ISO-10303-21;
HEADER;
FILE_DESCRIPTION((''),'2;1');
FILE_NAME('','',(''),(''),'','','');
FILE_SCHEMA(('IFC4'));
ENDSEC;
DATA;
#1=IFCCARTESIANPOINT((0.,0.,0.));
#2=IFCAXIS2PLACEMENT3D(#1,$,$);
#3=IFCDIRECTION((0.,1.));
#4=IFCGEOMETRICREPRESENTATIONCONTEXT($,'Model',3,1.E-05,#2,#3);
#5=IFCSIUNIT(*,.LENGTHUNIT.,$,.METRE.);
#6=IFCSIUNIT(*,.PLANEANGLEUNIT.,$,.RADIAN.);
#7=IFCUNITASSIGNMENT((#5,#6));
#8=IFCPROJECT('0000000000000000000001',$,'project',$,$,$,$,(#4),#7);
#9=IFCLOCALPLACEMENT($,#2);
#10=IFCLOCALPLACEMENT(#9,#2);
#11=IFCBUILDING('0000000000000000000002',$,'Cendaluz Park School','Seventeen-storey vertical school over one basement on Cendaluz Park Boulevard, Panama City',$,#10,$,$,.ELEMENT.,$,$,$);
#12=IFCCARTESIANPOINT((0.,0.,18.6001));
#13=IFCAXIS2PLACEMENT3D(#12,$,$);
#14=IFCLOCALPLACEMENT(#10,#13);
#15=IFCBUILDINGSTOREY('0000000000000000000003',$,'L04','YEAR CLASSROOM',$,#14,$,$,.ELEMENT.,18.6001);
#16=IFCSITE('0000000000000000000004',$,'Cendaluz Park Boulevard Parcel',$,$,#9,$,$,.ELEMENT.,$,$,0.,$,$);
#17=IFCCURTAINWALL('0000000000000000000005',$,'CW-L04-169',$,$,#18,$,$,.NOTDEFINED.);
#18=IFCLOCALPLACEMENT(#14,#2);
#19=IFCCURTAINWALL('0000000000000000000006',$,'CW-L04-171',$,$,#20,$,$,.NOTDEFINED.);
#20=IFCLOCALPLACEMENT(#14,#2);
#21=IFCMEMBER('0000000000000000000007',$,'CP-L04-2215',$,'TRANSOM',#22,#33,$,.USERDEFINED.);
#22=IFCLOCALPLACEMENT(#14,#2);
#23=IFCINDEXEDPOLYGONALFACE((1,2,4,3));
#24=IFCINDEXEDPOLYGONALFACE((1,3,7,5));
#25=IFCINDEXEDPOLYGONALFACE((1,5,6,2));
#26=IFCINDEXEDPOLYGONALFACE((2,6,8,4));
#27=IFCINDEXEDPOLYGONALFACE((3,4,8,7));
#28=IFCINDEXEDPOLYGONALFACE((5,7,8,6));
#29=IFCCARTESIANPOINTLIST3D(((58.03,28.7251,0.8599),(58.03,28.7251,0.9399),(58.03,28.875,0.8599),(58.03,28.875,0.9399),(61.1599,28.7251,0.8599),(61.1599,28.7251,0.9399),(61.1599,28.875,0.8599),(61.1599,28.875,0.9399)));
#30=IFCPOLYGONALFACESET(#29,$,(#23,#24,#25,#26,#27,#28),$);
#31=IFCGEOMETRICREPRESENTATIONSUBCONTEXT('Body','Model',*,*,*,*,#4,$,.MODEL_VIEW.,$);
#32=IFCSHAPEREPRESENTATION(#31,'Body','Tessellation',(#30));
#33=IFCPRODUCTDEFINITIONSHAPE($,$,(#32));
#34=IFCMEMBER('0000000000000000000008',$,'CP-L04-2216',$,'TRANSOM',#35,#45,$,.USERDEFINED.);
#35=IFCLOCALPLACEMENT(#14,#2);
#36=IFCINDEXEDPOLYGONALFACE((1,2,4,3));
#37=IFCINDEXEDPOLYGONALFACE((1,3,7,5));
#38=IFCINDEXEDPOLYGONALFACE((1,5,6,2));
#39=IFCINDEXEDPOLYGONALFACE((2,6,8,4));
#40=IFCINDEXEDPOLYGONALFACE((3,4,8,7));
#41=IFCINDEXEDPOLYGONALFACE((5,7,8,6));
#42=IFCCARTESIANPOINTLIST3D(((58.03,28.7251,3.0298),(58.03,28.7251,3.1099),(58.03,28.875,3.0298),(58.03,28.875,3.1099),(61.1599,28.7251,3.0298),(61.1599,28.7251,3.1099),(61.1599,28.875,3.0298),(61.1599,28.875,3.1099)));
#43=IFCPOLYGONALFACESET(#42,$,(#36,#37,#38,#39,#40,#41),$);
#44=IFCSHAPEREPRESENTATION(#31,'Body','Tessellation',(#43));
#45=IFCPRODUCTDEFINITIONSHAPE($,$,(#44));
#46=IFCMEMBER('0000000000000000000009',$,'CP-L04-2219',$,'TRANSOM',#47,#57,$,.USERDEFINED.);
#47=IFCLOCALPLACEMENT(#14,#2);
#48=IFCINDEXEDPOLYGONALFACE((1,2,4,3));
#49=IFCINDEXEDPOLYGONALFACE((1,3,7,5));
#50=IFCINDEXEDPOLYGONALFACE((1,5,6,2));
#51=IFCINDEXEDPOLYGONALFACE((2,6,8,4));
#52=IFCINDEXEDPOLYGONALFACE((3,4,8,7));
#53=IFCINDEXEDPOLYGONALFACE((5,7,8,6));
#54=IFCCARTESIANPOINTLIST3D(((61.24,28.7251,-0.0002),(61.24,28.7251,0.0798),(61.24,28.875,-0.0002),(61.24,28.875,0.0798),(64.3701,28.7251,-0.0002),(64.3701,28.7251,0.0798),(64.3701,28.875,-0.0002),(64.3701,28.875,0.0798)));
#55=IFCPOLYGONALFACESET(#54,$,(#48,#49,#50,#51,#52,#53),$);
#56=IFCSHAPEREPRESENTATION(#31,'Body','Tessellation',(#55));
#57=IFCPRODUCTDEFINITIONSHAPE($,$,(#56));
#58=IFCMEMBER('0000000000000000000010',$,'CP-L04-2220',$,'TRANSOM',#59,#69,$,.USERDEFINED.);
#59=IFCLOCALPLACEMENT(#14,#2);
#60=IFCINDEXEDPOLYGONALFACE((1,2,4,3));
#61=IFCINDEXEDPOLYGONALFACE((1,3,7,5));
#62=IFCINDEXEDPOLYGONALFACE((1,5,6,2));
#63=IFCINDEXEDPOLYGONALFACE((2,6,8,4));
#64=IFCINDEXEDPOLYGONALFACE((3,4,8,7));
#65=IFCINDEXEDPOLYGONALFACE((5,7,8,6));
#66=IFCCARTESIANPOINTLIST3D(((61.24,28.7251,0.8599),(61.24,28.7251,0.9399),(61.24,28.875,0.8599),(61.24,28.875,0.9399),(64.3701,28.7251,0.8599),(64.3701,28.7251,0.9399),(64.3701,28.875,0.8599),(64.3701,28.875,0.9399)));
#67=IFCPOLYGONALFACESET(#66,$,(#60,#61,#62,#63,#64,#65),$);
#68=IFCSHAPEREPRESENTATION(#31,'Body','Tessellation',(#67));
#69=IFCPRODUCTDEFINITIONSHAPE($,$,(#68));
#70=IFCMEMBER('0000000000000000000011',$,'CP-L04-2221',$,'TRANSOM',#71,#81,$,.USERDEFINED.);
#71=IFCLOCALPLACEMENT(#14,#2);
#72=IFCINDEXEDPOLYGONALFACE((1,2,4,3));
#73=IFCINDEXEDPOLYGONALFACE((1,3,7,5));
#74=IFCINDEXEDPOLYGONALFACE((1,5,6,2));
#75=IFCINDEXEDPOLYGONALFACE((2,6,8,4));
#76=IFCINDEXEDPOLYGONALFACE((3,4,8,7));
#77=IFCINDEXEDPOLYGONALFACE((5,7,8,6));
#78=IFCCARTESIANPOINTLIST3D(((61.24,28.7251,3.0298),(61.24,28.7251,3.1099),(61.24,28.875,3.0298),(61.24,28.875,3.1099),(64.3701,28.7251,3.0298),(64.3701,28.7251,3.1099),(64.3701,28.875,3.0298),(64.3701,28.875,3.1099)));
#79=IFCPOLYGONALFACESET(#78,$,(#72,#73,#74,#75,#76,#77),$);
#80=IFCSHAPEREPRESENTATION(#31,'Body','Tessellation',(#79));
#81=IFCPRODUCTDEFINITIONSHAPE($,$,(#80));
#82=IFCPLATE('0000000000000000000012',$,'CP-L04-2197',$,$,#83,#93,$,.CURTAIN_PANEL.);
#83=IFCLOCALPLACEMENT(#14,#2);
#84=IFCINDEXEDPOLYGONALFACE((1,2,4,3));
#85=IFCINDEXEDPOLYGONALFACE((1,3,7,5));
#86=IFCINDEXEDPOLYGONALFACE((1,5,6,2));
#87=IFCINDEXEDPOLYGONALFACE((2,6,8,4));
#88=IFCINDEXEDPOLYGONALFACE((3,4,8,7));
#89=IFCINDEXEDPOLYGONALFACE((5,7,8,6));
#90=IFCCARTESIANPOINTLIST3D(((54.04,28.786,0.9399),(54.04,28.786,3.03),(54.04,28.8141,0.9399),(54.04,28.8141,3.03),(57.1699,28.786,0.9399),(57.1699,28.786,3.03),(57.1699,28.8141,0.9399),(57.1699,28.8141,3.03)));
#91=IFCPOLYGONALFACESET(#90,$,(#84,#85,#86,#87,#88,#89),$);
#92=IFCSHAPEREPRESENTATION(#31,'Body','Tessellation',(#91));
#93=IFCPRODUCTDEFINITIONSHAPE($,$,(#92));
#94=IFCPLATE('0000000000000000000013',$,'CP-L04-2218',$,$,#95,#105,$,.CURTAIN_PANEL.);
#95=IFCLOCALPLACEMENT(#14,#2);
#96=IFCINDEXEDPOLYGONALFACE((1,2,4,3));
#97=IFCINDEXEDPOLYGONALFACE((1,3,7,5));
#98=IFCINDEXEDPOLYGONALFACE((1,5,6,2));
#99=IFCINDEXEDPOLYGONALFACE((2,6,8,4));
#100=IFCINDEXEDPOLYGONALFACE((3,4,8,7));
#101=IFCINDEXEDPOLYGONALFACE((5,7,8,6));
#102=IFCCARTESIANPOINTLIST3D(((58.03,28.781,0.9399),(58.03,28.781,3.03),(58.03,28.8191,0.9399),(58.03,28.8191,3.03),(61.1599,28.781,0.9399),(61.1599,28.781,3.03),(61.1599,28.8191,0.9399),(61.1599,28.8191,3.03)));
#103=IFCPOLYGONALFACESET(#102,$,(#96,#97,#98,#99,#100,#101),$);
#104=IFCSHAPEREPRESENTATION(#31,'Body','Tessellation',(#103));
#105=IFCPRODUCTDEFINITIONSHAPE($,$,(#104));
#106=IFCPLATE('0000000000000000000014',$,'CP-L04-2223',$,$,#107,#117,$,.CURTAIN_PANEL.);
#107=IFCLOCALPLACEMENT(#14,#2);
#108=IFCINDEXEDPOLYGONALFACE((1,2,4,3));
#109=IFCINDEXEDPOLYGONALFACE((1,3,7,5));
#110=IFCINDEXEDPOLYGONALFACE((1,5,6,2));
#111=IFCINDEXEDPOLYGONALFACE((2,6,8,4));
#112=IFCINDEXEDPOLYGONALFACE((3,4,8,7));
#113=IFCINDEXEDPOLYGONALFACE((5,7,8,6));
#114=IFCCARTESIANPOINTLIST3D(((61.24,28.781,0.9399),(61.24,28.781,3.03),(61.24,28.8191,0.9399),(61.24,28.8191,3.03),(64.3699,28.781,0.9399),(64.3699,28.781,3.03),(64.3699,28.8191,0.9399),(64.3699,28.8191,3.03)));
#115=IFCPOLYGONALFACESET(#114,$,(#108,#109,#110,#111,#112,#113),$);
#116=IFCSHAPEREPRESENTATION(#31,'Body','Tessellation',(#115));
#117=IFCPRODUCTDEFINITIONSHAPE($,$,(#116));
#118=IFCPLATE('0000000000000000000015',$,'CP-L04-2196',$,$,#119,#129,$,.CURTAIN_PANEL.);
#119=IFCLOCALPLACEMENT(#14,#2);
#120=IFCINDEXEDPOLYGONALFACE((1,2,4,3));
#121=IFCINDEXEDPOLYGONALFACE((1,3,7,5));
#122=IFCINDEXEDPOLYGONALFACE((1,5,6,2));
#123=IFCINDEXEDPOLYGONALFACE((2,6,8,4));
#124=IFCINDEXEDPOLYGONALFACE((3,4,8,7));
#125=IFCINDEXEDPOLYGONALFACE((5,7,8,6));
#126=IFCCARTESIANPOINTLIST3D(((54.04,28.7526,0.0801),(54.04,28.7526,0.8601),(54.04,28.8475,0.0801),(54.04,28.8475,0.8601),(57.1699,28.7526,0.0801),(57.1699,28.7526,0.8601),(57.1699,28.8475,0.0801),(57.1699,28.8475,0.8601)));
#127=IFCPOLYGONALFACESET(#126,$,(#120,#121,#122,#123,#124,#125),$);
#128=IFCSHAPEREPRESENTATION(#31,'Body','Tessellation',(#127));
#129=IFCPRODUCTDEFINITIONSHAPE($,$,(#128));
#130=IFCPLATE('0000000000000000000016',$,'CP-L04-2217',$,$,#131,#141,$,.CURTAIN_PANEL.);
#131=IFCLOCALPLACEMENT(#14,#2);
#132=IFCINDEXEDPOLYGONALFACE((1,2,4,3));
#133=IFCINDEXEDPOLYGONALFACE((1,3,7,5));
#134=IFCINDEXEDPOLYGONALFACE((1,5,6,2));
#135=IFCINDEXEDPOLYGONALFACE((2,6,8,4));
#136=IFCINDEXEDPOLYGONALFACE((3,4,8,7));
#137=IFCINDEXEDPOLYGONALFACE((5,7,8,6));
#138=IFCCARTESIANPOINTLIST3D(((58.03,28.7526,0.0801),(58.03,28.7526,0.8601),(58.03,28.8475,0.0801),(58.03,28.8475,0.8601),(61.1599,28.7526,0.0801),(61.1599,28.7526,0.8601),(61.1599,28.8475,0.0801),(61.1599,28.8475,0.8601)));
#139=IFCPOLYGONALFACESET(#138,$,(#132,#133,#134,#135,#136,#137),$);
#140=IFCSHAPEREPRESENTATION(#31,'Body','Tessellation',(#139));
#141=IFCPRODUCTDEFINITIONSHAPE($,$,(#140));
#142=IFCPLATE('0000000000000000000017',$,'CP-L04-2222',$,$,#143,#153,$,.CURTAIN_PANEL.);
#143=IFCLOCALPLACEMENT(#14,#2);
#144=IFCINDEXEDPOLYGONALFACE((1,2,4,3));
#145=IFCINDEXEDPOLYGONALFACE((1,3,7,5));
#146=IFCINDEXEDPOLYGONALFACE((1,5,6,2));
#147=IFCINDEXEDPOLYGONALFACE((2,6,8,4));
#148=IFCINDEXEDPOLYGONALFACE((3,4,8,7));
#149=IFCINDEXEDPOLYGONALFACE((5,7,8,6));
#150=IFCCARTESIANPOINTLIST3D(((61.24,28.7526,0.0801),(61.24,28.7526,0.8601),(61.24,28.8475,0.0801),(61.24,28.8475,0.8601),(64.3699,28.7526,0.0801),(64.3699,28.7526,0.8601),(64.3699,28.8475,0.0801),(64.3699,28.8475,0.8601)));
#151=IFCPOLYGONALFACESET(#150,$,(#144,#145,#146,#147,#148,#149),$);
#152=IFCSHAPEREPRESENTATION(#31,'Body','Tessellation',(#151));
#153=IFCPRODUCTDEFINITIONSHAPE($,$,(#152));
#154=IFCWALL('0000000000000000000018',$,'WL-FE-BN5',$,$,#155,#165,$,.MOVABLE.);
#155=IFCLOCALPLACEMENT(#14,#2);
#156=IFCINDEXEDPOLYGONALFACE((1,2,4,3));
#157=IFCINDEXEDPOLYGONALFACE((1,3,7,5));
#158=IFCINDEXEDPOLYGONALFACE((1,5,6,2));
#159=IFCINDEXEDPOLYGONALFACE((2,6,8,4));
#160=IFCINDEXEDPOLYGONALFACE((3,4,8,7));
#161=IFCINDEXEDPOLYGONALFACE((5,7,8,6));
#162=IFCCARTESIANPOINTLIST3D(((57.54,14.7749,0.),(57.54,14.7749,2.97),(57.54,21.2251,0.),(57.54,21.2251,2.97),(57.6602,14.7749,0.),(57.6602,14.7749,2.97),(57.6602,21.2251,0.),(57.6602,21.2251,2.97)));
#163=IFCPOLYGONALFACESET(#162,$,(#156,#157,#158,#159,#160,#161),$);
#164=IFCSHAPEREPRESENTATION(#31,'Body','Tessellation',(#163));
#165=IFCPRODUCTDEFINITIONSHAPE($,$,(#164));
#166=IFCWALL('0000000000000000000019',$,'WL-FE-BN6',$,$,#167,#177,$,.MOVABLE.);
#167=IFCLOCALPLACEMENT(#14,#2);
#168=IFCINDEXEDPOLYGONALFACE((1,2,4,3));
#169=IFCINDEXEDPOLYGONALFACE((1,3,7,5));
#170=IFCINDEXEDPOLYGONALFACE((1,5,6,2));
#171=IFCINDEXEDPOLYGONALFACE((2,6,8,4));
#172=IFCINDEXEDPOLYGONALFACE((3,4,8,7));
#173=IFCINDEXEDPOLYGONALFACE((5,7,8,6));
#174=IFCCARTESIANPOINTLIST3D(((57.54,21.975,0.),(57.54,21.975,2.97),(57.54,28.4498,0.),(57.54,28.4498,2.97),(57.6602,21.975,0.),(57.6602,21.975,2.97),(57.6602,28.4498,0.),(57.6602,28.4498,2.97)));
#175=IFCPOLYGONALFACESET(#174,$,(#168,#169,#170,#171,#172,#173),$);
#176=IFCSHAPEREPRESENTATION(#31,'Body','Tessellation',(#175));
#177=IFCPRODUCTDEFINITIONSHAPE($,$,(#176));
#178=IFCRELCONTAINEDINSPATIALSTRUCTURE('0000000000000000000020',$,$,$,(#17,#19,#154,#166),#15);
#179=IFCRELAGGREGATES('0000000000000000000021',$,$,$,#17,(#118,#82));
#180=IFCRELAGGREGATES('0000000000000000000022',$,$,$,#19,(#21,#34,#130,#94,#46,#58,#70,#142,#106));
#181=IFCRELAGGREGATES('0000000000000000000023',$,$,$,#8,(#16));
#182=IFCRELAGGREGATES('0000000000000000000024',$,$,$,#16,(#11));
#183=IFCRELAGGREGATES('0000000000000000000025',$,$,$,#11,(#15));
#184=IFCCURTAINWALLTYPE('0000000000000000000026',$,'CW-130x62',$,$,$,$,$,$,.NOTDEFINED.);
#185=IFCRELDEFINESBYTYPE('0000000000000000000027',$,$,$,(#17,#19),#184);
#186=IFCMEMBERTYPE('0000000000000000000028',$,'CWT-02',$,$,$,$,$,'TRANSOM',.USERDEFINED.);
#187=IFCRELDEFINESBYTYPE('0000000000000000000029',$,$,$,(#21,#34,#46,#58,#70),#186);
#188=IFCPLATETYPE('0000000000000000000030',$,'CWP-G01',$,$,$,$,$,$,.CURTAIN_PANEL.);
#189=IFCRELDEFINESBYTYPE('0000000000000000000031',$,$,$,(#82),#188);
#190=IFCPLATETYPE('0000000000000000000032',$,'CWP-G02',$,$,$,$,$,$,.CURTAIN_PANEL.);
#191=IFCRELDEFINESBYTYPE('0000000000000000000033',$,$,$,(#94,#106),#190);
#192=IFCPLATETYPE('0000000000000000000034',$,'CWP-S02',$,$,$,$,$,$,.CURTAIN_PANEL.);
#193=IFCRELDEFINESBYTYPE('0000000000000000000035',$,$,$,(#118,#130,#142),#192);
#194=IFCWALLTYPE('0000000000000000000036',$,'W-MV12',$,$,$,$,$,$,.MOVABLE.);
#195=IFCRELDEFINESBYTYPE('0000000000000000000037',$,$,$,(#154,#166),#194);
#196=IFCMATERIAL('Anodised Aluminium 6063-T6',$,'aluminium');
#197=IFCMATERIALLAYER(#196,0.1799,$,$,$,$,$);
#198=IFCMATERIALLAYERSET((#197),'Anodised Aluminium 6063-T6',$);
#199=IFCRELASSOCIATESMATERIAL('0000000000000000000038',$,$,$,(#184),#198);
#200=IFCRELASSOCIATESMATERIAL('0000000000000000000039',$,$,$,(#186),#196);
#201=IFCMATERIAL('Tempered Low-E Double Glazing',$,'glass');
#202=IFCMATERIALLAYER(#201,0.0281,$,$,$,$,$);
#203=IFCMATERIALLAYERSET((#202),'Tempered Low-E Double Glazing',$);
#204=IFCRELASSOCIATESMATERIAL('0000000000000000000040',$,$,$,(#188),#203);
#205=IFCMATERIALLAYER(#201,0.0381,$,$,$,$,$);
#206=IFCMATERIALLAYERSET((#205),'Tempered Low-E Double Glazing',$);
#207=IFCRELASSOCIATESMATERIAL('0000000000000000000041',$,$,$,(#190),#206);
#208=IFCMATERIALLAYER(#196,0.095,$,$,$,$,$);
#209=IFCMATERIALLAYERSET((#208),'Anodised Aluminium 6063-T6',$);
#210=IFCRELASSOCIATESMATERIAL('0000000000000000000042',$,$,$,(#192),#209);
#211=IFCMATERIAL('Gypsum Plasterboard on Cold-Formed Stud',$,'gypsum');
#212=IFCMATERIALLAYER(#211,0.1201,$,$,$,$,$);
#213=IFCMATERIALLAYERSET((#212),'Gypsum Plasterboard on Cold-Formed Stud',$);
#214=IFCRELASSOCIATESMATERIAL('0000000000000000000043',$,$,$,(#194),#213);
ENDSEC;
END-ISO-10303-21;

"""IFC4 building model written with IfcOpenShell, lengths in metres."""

from ifc_helpers import new_model, si_unit, direction, frame, frame_2d, origin, origin_2d, place, context, subcontext, project, spatial, rectangle, extrude, material, layer, layer_set, material_profile, profile_set, type_object, element, aggregate, save


model = new_model("IFC4")

# Units and contexts
model_context = context("Model", 3, precision=1e-05, world=origin(), true_north=direction((0.0, 1.0)))
body_context = subcontext(model_context, "Body", "Model", "MODEL_VIEW")
ifc_project = project(units=[si_unit("LENGTHUNIT", "METRE"), si_unit("PLANEANGLEUNIT", "RADIAN")], contexts=[model_context])

# Site, building, storey
site_placement = place(None, origin())
site = spatial("IfcSite", under=ifc_project, at=site_placement, Name="Cendaluz Park Boulevard Parcel", CompositionType="ELEMENT", RefElevation=0.0)
building_placement = place(site_placement, origin())
building = spatial("IfcBuilding", under=site, at=building_placement, Name="Cendaluz Park School", Description="Seventeen-storey vertical school over one basement on Cendaluz Park Boulevard, Panama City", CompositionType="ELEMENT")
storey_placement = place(building_placement, frame((0.0, 0.0, 18.6001)))
storey = spatial("IfcBuildingStorey", under=building, at=storey_placement, Name="L04", Description="YEAR CLASSROOM", CompositionType="ELEMENT", Elevation=18.6001)

# Curtain wall
ifc_material_1 = material(Name="Anodised Aluminium 6063-T6", Category="aluminium")
ifc_layer_1 = layer(ifc_material_1, 0.1799)
ifc_layer_set_1 = layer_set([ifc_layer_1], Name="Anodised Aluminium 6063-T6")
curtain_wall_type = type_object("IfcCurtainWallType", Name="CW-130x62", PredefinedType="NOTDEFINED", material=ifc_layer_set_1)
curtain_wall_1_placement = place(storey_placement, origin())
curtain_wall_1 = element("IfcCurtainWall", 1, at=curtain_wall_1_placement, inside=storey, type_object=curtain_wall_type, Name="CW-L04-169", PredefinedType="NOTDEFINED")

# Curtain wall
curtain_wall_2_placement = place(storey_placement, origin())
curtain_wall_2 = element("IfcCurtainWall", 2, at=curtain_wall_2_placement, inside=storey, type_object=curtain_wall_type, Name="CW-L04-171", PredefinedType="NOTDEFINED")

# Members
ifc_material_profile_1 = material_profile(ifc_material_1, rectangle(XDim=0.1499, YDim=0.0801, at=origin_2d()), Name="CWT 150x80", Category="aluminium")
ifc_profile_set_1 = profile_set([ifc_material_profile_1], Name="Anodised Aluminium 6063-T6")
member_type_1 = type_object("IfcMemberType", Name="CWT-02", ElementType="TRANSOM", PredefinedType="USERDEFINED", material=ifc_profile_set_1)
member_1_placement = place(storey_placement, frame((58.03, 28.8, 0.8999), z_axis=(1.0, 0.0, 0.0), x_axis=(0.0, 1.0, 0.0)))
member_1 = element("IfcMember", 3, at=member_1_placement, type_object=member_type_1, Name="CP-L04-2215", ObjectType="TRANSOM", PredefinedType="USERDEFINED", context=body_context, shape_type="SweptSolid", body=[
    extrude(rectangle(XDim=0.1499, YDim=0.0801, at=origin_2d()), origin(), (0.0, 0.0, 1.0), 3.1299),
])
member_2_placement = place(storey_placement, frame((58.03, 28.8, 3.0698), z_axis=(1.0, 0.0, 0.0), x_axis=(0.0, 1.0, 0.0)))
member_2 = element("IfcMember", 4, at=member_2_placement, type_object=member_type_1, Name="CP-L04-2216", ObjectType="TRANSOM", PredefinedType="USERDEFINED", context=body_context, shape_type="SweptSolid", body=[
    extrude(rectangle(XDim=0.1499, YDim=0.0801, at=origin_2d()), origin(), (0.0, 0.0, 1.0), 3.1299),
])
member_3_placement = place(storey_placement, frame((61.24, 28.8, 0.0398), z_axis=(1.0, 0.0, 0.0), x_axis=(0.0, 1.0, 0.0)))
member_3 = element("IfcMember", 5, at=member_3_placement, type_object=member_type_1, Name="CP-L04-2219", ObjectType="TRANSOM", PredefinedType="USERDEFINED", context=body_context, shape_type="SweptSolid", body=[
    extrude(rectangle(XDim=0.1499, YDim=0.0801, at=origin_2d()), origin(), (0.0, 0.0, 1.0), 3.1301),
])
member_4_placement = place(storey_placement, frame((61.24, 28.8, 0.8999), z_axis=(1.0, 0.0, 0.0), x_axis=(0.0, 1.0, 0.0)))
member_4 = element("IfcMember", 6, at=member_4_placement, type_object=member_type_1, Name="CP-L04-2220", ObjectType="TRANSOM", PredefinedType="USERDEFINED", context=body_context, shape_type="SweptSolid", body=[
    extrude(rectangle(XDim=0.1499, YDim=0.0801, at=origin_2d()), origin(), (0.0, 0.0, 1.0), 3.1301),
])
member_5_placement = place(storey_placement, frame((61.24, 28.8, 3.0698), z_axis=(1.0, 0.0, 0.0), x_axis=(0.0, 1.0, 0.0)))
member_5 = element("IfcMember", 7, at=member_5_placement, type_object=member_type_1, Name="CP-L04-2221", ObjectType="TRANSOM", PredefinedType="USERDEFINED", context=body_context, shape_type="SweptSolid", body=[
    extrude(rectangle(XDim=0.1499, YDim=0.0801, at=origin_2d()), origin(), (0.0, 0.0, 1.0), 3.1301),
])

# Plates
ifc_material_2 = material(Name="Tempered Low-E Double Glazing", Category="glass")
ifc_layer_2 = layer(ifc_material_2, 0.0281)
ifc_layer_set_2 = layer_set([ifc_layer_2], Name="Tempered Low-E Double Glazing")
plate_type_1 = type_object("IfcPlateType", Name="CWP-G01", PredefinedType="CURTAIN_PANEL", material=ifc_layer_set_2)
plate_1_placement = place(storey_placement, frame((55.605, 28.8, 0.9399), z_axis=(0.0, 0.0, 1.0), x_axis=(1.0, 0.0, 0.0)))
plate_1 = element("IfcPlate", 8, at=plate_1_placement, type_object=plate_type_1, Name="CP-L04-2197", PredefinedType="CURTAIN_PANEL", context=body_context, shape_type="SweptSolid", body=[
    extrude(rectangle(XDim=3.1299, YDim=0.0281, at=origin_2d()), origin(), (0.0, 0.0, 1.0), 2.0901),
])
ifc_layer_3 = layer(ifc_material_2, 0.0381)
ifc_layer_set_3 = layer_set([ifc_layer_3], Name="Tempered Low-E Double Glazing")
plate_type_2 = type_object("IfcPlateType", Name="CWP-G02", PredefinedType="CURTAIN_PANEL", material=ifc_layer_set_3)
plate_2_placement = place(storey_placement, frame((59.595, 28.8, 0.9399), z_axis=(0.0, 0.0, 1.0), x_axis=(1.0, 0.0, 0.0)))
plate_2 = element("IfcPlate", 9, at=plate_2_placement, type_object=plate_type_2, Name="CP-L04-2218", PredefinedType="CURTAIN_PANEL", context=body_context, shape_type="SweptSolid", body=[
    extrude(rectangle(XDim=3.1299, YDim=0.0381, at=origin_2d()), origin(), (0.0, 0.0, 1.0), 2.0901),
])
plate_3_placement = place(storey_placement, frame((62.8049, 28.8, 0.9399), z_axis=(0.0, 0.0, 1.0), x_axis=(1.0, 0.0, 0.0)))
plate_3 = element("IfcPlate", 10, at=plate_3_placement, type_object=plate_type_2, Name="CP-L04-2223", PredefinedType="CURTAIN_PANEL", context=body_context, shape_type="SweptSolid", body=[
    extrude(rectangle(XDim=3.1299, YDim=0.0381, at=origin_2d()), origin(), (0.0, 0.0, 1.0), 2.0901),
])
ifc_layer_4 = layer(ifc_material_1, 0.095)
ifc_layer_set_4 = layer_set([ifc_layer_4], Name="Anodised Aluminium 6063-T6")
plate_type_3 = type_object("IfcPlateType", Name="CWP-S02", PredefinedType="CURTAIN_PANEL", material=ifc_layer_set_4)
plate_4_placement = place(storey_placement, frame((55.605, 28.8, 0.0801), z_axis=(0.0, 0.0, 1.0), x_axis=(1.0, 0.0, 0.0)))
plate_4 = element("IfcPlate", 11, at=plate_4_placement, type_object=plate_type_3, Name="CP-L04-2196", PredefinedType="CURTAIN_PANEL", context=body_context, shape_type="SweptSolid", body=[
    extrude(rectangle(XDim=3.1299, YDim=0.095, at=origin_2d()), origin(), (0.0, 0.0, 1.0), 0.78),
])
aggregate(curtain_wall_1, [plate_4, plate_1])
plate_5_placement = place(storey_placement, frame((59.595, 28.8, 0.0801), z_axis=(0.0, 0.0, 1.0), x_axis=(1.0, 0.0, 0.0)))
plate_5 = element("IfcPlate", 12, at=plate_5_placement, type_object=plate_type_3, Name="CP-L04-2217", PredefinedType="CURTAIN_PANEL", context=body_context, shape_type="SweptSolid", body=[
    extrude(rectangle(XDim=3.1299, YDim=0.095, at=origin_2d()), origin(), (0.0, 0.0, 1.0), 0.78),
])
plate_6_placement = place(storey_placement, frame((62.8049, 28.8, 0.0801), z_axis=(0.0, 0.0, 1.0), x_axis=(1.0, 0.0, 0.0)))
plate_6 = element("IfcPlate", 13, at=plate_6_placement, type_object=plate_type_3, Name="CP-L04-2222", PredefinedType="CURTAIN_PANEL", context=body_context, shape_type="SweptSolid", body=[
    extrude(rectangle(XDim=3.1299, YDim=0.095, at=origin_2d()), origin(), (0.0, 0.0, 1.0), 0.78),
])
aggregate(curtain_wall_2, [member_1, member_2, plate_5, plate_2, member_3, member_4, member_5, plate_6, plate_3])

# Walls
ifc_material_3 = material(Name="Gypsum Plasterboard on Cold-Formed Stud", Category="gypsum")
ifc_layer_5 = layer(ifc_material_3, 0.1201)
ifc_layer_set_5 = layer_set([ifc_layer_5], Name="Gypsum Plasterboard on Cold-Formed Stud")
wall_type = type_object("IfcWallType", Name="W-MV12", PredefinedType="MOVABLE", material=ifc_layer_set_5)
wall_1_placement = place(storey_placement, frame((57.6001, 14.7749, 0.0), z_axis=(0.0, 0.0, 1.0), x_axis=(0.0, 1.0, 0.0)))
element("IfcWall", 14, at=wall_1_placement, inside=storey, type_object=wall_type, Name="WL-FE-BN5", PredefinedType="MOVABLE", context=body_context, shape_type="SweptSolid", body=[
    extrude(rectangle(XDim=6.4502, YDim=0.1201, at=frame_2d((3.2251, 0.0))), origin(), (0.0, 0.0, 1.0), 2.97),
])
wall_2_placement = place(storey_placement, frame((57.6001, 21.9751, 0.0), z_axis=(0.0, 0.0, 1.0), x_axis=(0.0, 1.0, 0.0)))
element("IfcWall", 15, at=wall_2_placement, inside=storey, type_object=wall_type, Name="WL-FE-BN6", PredefinedType="MOVABLE", context=body_context, shape_type="SweptSolid", body=[
    extrude(rectangle(XDim=6.4749, YDim=0.1201, at=frame_2d((3.2373, 0.0))), origin(), (0.0, 0.0, 1.0), 2.97),
])

save(model, "model.ifc")
